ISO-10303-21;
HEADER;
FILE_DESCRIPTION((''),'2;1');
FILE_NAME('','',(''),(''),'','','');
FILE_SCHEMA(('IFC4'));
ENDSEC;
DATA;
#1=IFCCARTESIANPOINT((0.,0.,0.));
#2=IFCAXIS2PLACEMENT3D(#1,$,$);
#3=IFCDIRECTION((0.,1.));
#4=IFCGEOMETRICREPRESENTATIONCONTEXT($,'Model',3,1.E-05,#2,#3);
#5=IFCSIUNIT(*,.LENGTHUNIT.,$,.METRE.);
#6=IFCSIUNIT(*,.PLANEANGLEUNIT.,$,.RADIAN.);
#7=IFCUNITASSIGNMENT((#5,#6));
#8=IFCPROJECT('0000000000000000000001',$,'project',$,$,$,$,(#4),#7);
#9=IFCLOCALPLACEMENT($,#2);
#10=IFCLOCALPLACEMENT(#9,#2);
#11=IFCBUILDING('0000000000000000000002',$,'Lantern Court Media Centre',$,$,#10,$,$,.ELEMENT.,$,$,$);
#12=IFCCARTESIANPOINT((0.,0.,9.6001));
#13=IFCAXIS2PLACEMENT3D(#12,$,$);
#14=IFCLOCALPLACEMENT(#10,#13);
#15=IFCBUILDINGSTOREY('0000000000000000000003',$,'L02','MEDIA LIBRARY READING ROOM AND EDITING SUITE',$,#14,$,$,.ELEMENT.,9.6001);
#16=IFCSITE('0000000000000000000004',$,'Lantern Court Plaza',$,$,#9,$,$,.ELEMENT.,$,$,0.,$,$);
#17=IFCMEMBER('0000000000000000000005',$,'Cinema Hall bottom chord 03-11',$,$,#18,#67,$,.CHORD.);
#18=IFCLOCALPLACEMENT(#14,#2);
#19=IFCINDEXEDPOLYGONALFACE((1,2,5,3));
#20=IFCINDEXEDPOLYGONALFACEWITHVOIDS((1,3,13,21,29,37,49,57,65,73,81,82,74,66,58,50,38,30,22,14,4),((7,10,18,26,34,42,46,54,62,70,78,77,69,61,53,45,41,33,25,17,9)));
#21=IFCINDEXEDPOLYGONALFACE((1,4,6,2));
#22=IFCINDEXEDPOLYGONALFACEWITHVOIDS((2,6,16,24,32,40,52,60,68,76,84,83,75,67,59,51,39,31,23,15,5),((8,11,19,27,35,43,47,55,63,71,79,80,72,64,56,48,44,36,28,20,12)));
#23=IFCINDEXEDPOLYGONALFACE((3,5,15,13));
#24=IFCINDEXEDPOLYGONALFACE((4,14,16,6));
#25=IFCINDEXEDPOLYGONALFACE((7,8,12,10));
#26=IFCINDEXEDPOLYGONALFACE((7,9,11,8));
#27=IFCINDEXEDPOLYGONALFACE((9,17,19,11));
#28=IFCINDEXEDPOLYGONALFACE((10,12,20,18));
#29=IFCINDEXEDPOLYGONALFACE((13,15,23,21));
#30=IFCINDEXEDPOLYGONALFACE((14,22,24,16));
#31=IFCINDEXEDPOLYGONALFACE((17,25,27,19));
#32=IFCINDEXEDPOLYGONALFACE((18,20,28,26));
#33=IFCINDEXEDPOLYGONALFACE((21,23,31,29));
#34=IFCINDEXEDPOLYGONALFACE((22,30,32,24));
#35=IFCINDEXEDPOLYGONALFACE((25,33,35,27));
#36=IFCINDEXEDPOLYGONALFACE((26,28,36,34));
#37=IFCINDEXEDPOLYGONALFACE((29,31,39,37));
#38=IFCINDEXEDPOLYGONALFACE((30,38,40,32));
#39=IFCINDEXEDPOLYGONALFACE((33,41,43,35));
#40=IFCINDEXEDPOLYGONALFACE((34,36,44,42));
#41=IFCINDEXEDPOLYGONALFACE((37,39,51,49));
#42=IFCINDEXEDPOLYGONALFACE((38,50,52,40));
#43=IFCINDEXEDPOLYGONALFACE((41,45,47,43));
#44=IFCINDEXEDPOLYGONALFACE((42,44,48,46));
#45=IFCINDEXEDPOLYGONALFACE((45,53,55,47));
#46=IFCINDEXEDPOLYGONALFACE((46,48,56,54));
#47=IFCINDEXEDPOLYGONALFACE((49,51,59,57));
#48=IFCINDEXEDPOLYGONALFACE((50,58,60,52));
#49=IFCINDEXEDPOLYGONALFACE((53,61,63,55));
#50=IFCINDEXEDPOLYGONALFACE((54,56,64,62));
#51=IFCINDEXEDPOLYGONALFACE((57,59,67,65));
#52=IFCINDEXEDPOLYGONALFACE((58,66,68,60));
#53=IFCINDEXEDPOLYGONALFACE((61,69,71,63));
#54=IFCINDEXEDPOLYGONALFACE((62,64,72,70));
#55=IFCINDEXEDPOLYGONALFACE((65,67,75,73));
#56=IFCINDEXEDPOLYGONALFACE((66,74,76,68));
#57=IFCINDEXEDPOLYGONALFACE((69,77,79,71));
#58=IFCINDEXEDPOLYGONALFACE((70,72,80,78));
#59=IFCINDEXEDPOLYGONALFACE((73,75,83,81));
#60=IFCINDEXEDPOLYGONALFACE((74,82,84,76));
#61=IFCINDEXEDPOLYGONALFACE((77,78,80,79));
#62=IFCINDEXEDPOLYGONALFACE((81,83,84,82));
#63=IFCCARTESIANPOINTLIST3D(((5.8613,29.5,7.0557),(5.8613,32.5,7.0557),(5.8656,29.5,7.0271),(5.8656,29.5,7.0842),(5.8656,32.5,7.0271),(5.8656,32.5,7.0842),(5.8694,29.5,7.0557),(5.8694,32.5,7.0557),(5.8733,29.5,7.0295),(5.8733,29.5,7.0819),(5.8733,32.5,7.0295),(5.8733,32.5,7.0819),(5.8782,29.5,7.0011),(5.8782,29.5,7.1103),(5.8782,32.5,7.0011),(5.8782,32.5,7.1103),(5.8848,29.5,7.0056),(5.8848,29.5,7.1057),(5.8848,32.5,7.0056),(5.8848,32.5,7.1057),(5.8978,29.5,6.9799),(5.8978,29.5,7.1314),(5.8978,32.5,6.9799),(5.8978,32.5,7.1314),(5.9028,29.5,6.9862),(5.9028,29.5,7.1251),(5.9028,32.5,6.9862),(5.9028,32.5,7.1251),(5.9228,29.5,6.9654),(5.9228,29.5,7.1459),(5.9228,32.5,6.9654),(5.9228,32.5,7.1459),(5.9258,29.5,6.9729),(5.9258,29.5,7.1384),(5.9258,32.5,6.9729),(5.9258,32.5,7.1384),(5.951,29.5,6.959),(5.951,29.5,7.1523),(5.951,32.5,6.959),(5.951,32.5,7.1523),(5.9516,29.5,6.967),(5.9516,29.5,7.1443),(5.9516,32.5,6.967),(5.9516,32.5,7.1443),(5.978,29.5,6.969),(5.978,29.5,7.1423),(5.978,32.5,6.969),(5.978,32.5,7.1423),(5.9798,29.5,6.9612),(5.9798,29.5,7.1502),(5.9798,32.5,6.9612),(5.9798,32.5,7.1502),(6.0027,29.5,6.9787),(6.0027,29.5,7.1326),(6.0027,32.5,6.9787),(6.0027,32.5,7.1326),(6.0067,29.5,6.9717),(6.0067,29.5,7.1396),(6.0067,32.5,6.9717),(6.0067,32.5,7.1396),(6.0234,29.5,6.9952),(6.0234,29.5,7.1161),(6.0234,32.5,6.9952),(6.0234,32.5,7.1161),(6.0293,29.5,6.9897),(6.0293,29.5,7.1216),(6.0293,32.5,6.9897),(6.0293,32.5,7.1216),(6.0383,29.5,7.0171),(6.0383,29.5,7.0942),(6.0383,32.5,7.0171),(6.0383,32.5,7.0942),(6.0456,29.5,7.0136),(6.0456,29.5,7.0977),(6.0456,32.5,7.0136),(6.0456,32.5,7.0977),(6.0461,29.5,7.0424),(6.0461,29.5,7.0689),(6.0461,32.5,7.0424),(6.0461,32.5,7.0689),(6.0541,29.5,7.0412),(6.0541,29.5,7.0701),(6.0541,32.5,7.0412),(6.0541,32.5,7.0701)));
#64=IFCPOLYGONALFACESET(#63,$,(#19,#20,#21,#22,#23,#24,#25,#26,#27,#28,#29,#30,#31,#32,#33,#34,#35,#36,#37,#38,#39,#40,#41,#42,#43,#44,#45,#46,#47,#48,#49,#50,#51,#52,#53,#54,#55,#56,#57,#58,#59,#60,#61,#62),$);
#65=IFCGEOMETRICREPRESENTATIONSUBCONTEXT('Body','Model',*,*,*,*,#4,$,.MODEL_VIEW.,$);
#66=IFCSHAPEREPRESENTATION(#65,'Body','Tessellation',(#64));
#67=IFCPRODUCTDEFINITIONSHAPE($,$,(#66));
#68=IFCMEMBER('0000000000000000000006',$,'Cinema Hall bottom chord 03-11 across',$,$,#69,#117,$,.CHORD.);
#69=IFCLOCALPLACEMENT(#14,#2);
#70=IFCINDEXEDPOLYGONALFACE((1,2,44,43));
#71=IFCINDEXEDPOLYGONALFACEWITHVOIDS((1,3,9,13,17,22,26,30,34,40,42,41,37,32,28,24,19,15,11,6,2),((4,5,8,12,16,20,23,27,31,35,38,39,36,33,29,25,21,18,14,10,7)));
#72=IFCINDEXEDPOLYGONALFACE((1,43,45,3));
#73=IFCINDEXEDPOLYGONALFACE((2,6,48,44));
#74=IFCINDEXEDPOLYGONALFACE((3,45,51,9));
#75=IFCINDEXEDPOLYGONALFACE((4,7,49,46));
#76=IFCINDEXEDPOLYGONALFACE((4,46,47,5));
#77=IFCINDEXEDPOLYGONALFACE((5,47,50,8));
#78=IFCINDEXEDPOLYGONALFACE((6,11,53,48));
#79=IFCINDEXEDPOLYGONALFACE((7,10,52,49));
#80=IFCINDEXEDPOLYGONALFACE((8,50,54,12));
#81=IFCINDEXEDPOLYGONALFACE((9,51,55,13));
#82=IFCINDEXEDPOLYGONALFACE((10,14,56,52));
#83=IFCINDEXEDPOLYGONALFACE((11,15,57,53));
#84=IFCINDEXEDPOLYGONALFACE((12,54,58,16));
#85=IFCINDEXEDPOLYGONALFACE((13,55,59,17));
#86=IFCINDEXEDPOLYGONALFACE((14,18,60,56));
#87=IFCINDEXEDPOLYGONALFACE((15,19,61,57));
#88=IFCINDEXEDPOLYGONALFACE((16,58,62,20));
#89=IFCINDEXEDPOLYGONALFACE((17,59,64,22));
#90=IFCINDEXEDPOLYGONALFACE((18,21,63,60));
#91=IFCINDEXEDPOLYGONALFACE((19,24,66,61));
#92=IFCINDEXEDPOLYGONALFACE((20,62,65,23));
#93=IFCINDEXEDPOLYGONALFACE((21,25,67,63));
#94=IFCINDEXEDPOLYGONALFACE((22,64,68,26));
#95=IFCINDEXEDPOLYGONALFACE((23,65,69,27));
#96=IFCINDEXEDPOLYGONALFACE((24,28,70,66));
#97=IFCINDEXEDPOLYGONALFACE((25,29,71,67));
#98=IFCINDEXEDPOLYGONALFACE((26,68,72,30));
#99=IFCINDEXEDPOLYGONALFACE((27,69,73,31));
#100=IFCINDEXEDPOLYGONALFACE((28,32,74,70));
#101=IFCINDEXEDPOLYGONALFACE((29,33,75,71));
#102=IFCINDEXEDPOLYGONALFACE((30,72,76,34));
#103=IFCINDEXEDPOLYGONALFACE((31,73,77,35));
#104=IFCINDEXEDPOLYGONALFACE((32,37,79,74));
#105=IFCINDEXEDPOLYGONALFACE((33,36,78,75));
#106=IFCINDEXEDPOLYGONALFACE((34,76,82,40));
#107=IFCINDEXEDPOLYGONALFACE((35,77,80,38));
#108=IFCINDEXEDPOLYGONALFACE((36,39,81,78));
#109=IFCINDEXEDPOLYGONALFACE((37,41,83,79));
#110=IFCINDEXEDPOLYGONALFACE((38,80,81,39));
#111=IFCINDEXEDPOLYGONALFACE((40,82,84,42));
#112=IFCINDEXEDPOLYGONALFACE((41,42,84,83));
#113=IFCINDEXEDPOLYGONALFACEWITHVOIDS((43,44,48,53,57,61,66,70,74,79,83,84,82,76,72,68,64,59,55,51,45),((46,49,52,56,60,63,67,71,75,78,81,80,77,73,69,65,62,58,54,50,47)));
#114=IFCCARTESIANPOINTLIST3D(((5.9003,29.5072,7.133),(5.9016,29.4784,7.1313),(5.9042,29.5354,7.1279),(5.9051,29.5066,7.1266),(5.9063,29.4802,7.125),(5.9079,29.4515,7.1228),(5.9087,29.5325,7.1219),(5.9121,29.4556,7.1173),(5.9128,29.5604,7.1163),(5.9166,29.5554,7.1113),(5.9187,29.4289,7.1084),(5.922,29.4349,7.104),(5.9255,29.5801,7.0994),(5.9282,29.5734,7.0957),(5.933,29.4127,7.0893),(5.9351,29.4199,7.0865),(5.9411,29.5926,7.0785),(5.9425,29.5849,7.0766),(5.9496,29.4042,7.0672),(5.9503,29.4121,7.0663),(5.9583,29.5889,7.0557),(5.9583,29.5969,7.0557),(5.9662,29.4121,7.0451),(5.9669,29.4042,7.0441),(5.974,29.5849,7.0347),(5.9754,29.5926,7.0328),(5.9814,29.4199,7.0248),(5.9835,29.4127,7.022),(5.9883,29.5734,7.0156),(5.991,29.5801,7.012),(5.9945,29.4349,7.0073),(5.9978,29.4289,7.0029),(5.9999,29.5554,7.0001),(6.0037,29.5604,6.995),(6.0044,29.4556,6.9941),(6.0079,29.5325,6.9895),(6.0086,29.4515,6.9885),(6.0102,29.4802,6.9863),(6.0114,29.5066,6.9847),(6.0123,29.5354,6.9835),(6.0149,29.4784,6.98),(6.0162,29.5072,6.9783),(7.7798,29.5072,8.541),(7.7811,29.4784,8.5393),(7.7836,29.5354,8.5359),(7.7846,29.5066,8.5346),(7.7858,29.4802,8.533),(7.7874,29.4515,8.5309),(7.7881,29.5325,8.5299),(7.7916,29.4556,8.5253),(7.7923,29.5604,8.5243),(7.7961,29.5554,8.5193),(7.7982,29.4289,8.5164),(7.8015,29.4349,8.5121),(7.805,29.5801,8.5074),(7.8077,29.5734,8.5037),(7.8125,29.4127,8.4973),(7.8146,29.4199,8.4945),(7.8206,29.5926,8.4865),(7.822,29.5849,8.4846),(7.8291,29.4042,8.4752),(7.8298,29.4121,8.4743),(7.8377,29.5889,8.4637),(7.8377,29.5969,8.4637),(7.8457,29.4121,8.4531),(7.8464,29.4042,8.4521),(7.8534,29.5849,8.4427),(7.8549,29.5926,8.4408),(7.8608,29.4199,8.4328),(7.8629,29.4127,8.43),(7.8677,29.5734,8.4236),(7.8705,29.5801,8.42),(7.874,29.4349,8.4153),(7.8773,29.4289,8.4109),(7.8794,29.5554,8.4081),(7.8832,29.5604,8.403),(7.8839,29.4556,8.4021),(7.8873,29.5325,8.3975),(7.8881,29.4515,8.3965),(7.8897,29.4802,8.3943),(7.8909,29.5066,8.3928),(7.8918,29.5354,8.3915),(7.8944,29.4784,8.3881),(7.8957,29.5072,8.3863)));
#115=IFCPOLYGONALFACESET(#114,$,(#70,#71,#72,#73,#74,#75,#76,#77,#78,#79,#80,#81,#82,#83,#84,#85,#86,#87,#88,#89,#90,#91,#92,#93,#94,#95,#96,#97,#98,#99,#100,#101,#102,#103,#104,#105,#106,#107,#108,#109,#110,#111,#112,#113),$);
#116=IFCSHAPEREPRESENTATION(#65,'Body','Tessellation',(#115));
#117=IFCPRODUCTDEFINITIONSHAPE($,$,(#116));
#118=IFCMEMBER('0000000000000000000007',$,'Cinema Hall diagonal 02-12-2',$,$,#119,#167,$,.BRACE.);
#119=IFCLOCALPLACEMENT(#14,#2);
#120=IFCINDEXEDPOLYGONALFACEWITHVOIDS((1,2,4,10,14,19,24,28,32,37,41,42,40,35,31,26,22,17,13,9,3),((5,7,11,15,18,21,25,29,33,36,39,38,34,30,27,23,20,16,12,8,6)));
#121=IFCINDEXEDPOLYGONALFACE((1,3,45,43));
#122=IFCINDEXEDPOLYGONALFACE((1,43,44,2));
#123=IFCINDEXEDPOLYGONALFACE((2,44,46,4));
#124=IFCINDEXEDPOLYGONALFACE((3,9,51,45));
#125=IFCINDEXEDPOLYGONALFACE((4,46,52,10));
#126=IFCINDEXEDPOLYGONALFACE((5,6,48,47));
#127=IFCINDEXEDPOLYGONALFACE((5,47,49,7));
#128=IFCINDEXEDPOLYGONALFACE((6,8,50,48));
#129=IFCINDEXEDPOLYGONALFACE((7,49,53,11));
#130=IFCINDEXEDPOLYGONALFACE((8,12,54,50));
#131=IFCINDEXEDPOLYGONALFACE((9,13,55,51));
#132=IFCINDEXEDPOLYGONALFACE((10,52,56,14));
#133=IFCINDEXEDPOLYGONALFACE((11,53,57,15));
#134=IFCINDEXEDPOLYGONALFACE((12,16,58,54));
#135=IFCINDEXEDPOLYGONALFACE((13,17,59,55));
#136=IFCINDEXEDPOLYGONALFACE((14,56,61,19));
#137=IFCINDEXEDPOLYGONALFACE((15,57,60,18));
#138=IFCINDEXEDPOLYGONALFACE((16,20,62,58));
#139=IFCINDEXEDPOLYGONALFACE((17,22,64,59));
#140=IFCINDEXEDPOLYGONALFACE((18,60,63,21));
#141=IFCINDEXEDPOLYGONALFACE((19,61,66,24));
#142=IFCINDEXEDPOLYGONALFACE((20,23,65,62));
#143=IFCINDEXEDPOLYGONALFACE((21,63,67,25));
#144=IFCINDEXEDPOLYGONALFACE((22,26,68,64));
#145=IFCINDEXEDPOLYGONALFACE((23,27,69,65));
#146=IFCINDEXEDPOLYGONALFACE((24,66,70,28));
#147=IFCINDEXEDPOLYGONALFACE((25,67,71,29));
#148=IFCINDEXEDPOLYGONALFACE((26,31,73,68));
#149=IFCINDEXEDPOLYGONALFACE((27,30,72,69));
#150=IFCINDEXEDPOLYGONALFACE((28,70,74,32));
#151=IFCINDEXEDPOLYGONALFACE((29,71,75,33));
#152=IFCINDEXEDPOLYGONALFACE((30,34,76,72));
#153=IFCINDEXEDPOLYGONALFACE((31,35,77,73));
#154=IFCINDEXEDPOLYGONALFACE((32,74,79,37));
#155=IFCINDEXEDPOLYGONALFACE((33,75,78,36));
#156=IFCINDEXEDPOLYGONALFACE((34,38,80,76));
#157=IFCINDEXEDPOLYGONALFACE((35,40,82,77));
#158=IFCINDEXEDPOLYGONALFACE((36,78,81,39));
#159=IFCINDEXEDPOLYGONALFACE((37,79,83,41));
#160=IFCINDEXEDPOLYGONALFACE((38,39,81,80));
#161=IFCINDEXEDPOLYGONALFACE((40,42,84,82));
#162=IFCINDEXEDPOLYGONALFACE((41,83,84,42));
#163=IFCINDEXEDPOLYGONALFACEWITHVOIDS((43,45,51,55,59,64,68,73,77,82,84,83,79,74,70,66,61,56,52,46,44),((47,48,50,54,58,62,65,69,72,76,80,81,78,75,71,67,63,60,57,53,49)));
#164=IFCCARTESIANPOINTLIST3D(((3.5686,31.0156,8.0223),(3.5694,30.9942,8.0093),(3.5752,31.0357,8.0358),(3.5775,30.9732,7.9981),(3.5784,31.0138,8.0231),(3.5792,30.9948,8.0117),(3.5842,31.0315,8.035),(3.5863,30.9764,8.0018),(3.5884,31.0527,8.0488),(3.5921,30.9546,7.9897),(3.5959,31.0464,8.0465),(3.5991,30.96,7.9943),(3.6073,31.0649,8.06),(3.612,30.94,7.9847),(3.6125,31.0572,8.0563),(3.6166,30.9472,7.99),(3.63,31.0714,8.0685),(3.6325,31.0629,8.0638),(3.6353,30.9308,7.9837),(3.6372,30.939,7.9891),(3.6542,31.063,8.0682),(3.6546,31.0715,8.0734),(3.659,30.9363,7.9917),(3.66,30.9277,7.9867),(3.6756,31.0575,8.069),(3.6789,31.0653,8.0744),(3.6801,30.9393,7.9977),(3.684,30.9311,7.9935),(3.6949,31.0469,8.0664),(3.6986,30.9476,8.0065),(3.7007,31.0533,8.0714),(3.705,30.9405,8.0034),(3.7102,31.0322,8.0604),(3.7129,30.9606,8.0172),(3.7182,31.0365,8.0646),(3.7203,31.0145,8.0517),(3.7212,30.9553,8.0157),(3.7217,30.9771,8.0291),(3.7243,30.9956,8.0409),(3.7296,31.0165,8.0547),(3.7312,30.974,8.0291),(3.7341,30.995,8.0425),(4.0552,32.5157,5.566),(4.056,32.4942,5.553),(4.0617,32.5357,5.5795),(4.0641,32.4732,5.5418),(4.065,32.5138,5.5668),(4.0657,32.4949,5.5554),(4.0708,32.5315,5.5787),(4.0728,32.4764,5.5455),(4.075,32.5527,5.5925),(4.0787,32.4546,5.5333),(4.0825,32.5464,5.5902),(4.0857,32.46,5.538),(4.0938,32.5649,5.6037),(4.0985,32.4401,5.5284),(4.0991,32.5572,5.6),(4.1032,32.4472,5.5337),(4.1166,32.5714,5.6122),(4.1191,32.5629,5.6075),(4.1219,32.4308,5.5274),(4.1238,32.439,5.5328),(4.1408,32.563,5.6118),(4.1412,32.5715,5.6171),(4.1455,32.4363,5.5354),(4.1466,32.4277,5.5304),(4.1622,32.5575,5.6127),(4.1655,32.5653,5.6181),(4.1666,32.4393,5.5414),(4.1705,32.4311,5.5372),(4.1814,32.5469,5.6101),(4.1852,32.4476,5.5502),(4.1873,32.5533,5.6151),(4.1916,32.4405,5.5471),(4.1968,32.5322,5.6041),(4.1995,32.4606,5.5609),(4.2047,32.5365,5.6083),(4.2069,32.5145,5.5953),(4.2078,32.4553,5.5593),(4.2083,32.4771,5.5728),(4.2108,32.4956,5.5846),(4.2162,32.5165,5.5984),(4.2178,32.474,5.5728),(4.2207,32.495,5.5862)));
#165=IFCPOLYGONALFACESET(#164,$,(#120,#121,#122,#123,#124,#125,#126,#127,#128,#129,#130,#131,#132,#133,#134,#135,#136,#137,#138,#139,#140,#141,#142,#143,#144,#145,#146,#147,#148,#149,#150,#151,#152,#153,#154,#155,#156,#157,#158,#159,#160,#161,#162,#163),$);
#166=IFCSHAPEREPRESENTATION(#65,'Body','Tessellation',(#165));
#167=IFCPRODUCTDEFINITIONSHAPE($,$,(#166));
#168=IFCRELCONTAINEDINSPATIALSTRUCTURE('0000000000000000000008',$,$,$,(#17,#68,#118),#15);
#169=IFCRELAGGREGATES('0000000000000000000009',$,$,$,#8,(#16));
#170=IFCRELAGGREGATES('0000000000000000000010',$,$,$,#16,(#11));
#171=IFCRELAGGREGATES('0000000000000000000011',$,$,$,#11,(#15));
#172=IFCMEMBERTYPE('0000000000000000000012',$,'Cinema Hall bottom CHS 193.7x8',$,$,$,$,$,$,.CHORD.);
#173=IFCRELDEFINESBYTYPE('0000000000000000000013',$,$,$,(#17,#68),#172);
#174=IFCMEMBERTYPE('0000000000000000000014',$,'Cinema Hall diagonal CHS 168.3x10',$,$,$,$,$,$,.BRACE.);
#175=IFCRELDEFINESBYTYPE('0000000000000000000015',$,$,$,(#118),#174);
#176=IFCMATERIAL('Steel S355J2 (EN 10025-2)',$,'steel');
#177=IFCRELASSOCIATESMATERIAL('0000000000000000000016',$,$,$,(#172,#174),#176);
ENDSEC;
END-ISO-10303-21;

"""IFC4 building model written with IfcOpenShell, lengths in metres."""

from ifc_helpers import new_model, si_unit, direction, frame, origin, origin_2d, place, context, subcontext, project, spatial, hollow_circle, extrude, material, material_profile, profile_set, type_object, element, save


model = new_model("IFC4")

# Units and contexts
model_context = context("Model", 3, precision=1e-05, world=origin(), true_north=direction((0.0, 1.0)))
body_context = subcontext(model_context, "Body", "Model", "MODEL_VIEW")
ifc_project = project(units=[si_unit("LENGTHUNIT", "METRE"), si_unit("PLANEANGLEUNIT", "RADIAN")], contexts=[model_context])

# Site, building, storey
site_placement = place(None, origin())
site = spatial("IfcSite", under=ifc_project, at=site_placement, Name="Lantern Court Plaza", CompositionType="ELEMENT", RefElevation=0.0)
building_placement = place(site_placement, origin())
building = spatial("IfcBuilding", under=site, at=building_placement, Name="Lantern Court Media Centre", CompositionType="ELEMENT")
storey_placement = place(building_placement, frame((0.0, 0.0, 9.6001)))
storey = spatial("IfcBuildingStorey", under=building, at=storey_placement, Name="L02", Description="MEDIA LIBRARY READING ROOM AND EDITING SUITE", CompositionType="ELEMENT", Elevation=9.6001)

# Members
ifc_material = material(Name="Steel S355J2 (EN 10025-2)", Category="steel")
ifc_material_profile_1 = material_profile(ifc_material, hollow_circle(Radius=0.0969, WallThickness=0.0081, at=origin_2d()), Name="Cinema Hall bottom CHS 193.7x8")
ifc_profile_set_1 = profile_set([ifc_material_profile_1], Name="Steel S355J2 (EN 10025-2)")
member_type_1 = type_object("IfcMemberType", Name="Cinema Hall bottom CHS 193.7x8", PredefinedType="CHORD", material=ifc_profile_set_1)
member_1_placement = place(storey_placement, frame((5.9583, 29.5, 7.0557), z_axis=(0.0, 1.0, 0.0), x_axis=(-1.0, 0.0, 0.0)))
element("IfcMember", 1, at=member_1_placement, inside=storey, type_object=member_type_1, Name="Cinema Hall bottom chord 03-11", PredefinedType="CHORD", context=body_context, shape_type="SweptSolid", body=[
    extrude(hollow_circle(Radius=0.0969, WallThickness=0.0081, at=origin_2d()), origin(), (0.0, 0.0, 1.0), 3.0),
])
member_2_placement = place(storey_placement, frame((5.9583, 29.5, 7.0557), z_axis=(0.800324, 0.0, 0.599567), x_axis=(0.0, 1.0, 0.0)))
element("IfcMember", 2, at=member_2_placement, inside=storey, type_object=member_type_1, Name="Cinema Hall bottom chord 03-11 across", PredefinedType="CHORD", context=body_context, shape_type="SweptSolid", body=[
    extrude(hollow_circle(Radius=0.0969, WallThickness=0.0081, at=origin_2d()), origin(), (0.0, 0.0, 1.0), 2.3484),
])
ifc_material_profile_2 = material_profile(ifc_material, hollow_circle(Radius=0.0842, WallThickness=0.01, at=origin_2d()), Name="Cinema Hall diagonal CHS 168.3x10")
ifc_profile_set_2 = profile_set([ifc_material_profile_2], Name="Steel S355J2 (EN 10025-2)")
member_type_2 = type_object("IfcMemberType", Name="Cinema Hall diagonal CHS 168.3x10", PredefinedType="BRACE", material=ifc_profile_set_2)
for number, where, z_axis, x_axis, name in (
    (3, (4.1377, 32.5, 5.5728), (-0.166695, -0.513887, 0.841506), (0.951207, -0.308554, 0.0), "Cinema Hall diagonal 02-12-2"),
):
    element("IfcMember", number, at=place(storey_placement, frame(where, z_axis=z_axis, x_axis=x_axis)), inside=storey, type_object=member_type_2, Name=name, PredefinedType="BRACE", context=body_context, shape_type="SweptSolid", body=[
        extrude(hollow_circle(Radius=0.0842, WallThickness=0.01, at=origin_2d()), origin(), (0.0, 0.0, 1.0), 2.9189),
    ])

save(model, "model.ifc")
